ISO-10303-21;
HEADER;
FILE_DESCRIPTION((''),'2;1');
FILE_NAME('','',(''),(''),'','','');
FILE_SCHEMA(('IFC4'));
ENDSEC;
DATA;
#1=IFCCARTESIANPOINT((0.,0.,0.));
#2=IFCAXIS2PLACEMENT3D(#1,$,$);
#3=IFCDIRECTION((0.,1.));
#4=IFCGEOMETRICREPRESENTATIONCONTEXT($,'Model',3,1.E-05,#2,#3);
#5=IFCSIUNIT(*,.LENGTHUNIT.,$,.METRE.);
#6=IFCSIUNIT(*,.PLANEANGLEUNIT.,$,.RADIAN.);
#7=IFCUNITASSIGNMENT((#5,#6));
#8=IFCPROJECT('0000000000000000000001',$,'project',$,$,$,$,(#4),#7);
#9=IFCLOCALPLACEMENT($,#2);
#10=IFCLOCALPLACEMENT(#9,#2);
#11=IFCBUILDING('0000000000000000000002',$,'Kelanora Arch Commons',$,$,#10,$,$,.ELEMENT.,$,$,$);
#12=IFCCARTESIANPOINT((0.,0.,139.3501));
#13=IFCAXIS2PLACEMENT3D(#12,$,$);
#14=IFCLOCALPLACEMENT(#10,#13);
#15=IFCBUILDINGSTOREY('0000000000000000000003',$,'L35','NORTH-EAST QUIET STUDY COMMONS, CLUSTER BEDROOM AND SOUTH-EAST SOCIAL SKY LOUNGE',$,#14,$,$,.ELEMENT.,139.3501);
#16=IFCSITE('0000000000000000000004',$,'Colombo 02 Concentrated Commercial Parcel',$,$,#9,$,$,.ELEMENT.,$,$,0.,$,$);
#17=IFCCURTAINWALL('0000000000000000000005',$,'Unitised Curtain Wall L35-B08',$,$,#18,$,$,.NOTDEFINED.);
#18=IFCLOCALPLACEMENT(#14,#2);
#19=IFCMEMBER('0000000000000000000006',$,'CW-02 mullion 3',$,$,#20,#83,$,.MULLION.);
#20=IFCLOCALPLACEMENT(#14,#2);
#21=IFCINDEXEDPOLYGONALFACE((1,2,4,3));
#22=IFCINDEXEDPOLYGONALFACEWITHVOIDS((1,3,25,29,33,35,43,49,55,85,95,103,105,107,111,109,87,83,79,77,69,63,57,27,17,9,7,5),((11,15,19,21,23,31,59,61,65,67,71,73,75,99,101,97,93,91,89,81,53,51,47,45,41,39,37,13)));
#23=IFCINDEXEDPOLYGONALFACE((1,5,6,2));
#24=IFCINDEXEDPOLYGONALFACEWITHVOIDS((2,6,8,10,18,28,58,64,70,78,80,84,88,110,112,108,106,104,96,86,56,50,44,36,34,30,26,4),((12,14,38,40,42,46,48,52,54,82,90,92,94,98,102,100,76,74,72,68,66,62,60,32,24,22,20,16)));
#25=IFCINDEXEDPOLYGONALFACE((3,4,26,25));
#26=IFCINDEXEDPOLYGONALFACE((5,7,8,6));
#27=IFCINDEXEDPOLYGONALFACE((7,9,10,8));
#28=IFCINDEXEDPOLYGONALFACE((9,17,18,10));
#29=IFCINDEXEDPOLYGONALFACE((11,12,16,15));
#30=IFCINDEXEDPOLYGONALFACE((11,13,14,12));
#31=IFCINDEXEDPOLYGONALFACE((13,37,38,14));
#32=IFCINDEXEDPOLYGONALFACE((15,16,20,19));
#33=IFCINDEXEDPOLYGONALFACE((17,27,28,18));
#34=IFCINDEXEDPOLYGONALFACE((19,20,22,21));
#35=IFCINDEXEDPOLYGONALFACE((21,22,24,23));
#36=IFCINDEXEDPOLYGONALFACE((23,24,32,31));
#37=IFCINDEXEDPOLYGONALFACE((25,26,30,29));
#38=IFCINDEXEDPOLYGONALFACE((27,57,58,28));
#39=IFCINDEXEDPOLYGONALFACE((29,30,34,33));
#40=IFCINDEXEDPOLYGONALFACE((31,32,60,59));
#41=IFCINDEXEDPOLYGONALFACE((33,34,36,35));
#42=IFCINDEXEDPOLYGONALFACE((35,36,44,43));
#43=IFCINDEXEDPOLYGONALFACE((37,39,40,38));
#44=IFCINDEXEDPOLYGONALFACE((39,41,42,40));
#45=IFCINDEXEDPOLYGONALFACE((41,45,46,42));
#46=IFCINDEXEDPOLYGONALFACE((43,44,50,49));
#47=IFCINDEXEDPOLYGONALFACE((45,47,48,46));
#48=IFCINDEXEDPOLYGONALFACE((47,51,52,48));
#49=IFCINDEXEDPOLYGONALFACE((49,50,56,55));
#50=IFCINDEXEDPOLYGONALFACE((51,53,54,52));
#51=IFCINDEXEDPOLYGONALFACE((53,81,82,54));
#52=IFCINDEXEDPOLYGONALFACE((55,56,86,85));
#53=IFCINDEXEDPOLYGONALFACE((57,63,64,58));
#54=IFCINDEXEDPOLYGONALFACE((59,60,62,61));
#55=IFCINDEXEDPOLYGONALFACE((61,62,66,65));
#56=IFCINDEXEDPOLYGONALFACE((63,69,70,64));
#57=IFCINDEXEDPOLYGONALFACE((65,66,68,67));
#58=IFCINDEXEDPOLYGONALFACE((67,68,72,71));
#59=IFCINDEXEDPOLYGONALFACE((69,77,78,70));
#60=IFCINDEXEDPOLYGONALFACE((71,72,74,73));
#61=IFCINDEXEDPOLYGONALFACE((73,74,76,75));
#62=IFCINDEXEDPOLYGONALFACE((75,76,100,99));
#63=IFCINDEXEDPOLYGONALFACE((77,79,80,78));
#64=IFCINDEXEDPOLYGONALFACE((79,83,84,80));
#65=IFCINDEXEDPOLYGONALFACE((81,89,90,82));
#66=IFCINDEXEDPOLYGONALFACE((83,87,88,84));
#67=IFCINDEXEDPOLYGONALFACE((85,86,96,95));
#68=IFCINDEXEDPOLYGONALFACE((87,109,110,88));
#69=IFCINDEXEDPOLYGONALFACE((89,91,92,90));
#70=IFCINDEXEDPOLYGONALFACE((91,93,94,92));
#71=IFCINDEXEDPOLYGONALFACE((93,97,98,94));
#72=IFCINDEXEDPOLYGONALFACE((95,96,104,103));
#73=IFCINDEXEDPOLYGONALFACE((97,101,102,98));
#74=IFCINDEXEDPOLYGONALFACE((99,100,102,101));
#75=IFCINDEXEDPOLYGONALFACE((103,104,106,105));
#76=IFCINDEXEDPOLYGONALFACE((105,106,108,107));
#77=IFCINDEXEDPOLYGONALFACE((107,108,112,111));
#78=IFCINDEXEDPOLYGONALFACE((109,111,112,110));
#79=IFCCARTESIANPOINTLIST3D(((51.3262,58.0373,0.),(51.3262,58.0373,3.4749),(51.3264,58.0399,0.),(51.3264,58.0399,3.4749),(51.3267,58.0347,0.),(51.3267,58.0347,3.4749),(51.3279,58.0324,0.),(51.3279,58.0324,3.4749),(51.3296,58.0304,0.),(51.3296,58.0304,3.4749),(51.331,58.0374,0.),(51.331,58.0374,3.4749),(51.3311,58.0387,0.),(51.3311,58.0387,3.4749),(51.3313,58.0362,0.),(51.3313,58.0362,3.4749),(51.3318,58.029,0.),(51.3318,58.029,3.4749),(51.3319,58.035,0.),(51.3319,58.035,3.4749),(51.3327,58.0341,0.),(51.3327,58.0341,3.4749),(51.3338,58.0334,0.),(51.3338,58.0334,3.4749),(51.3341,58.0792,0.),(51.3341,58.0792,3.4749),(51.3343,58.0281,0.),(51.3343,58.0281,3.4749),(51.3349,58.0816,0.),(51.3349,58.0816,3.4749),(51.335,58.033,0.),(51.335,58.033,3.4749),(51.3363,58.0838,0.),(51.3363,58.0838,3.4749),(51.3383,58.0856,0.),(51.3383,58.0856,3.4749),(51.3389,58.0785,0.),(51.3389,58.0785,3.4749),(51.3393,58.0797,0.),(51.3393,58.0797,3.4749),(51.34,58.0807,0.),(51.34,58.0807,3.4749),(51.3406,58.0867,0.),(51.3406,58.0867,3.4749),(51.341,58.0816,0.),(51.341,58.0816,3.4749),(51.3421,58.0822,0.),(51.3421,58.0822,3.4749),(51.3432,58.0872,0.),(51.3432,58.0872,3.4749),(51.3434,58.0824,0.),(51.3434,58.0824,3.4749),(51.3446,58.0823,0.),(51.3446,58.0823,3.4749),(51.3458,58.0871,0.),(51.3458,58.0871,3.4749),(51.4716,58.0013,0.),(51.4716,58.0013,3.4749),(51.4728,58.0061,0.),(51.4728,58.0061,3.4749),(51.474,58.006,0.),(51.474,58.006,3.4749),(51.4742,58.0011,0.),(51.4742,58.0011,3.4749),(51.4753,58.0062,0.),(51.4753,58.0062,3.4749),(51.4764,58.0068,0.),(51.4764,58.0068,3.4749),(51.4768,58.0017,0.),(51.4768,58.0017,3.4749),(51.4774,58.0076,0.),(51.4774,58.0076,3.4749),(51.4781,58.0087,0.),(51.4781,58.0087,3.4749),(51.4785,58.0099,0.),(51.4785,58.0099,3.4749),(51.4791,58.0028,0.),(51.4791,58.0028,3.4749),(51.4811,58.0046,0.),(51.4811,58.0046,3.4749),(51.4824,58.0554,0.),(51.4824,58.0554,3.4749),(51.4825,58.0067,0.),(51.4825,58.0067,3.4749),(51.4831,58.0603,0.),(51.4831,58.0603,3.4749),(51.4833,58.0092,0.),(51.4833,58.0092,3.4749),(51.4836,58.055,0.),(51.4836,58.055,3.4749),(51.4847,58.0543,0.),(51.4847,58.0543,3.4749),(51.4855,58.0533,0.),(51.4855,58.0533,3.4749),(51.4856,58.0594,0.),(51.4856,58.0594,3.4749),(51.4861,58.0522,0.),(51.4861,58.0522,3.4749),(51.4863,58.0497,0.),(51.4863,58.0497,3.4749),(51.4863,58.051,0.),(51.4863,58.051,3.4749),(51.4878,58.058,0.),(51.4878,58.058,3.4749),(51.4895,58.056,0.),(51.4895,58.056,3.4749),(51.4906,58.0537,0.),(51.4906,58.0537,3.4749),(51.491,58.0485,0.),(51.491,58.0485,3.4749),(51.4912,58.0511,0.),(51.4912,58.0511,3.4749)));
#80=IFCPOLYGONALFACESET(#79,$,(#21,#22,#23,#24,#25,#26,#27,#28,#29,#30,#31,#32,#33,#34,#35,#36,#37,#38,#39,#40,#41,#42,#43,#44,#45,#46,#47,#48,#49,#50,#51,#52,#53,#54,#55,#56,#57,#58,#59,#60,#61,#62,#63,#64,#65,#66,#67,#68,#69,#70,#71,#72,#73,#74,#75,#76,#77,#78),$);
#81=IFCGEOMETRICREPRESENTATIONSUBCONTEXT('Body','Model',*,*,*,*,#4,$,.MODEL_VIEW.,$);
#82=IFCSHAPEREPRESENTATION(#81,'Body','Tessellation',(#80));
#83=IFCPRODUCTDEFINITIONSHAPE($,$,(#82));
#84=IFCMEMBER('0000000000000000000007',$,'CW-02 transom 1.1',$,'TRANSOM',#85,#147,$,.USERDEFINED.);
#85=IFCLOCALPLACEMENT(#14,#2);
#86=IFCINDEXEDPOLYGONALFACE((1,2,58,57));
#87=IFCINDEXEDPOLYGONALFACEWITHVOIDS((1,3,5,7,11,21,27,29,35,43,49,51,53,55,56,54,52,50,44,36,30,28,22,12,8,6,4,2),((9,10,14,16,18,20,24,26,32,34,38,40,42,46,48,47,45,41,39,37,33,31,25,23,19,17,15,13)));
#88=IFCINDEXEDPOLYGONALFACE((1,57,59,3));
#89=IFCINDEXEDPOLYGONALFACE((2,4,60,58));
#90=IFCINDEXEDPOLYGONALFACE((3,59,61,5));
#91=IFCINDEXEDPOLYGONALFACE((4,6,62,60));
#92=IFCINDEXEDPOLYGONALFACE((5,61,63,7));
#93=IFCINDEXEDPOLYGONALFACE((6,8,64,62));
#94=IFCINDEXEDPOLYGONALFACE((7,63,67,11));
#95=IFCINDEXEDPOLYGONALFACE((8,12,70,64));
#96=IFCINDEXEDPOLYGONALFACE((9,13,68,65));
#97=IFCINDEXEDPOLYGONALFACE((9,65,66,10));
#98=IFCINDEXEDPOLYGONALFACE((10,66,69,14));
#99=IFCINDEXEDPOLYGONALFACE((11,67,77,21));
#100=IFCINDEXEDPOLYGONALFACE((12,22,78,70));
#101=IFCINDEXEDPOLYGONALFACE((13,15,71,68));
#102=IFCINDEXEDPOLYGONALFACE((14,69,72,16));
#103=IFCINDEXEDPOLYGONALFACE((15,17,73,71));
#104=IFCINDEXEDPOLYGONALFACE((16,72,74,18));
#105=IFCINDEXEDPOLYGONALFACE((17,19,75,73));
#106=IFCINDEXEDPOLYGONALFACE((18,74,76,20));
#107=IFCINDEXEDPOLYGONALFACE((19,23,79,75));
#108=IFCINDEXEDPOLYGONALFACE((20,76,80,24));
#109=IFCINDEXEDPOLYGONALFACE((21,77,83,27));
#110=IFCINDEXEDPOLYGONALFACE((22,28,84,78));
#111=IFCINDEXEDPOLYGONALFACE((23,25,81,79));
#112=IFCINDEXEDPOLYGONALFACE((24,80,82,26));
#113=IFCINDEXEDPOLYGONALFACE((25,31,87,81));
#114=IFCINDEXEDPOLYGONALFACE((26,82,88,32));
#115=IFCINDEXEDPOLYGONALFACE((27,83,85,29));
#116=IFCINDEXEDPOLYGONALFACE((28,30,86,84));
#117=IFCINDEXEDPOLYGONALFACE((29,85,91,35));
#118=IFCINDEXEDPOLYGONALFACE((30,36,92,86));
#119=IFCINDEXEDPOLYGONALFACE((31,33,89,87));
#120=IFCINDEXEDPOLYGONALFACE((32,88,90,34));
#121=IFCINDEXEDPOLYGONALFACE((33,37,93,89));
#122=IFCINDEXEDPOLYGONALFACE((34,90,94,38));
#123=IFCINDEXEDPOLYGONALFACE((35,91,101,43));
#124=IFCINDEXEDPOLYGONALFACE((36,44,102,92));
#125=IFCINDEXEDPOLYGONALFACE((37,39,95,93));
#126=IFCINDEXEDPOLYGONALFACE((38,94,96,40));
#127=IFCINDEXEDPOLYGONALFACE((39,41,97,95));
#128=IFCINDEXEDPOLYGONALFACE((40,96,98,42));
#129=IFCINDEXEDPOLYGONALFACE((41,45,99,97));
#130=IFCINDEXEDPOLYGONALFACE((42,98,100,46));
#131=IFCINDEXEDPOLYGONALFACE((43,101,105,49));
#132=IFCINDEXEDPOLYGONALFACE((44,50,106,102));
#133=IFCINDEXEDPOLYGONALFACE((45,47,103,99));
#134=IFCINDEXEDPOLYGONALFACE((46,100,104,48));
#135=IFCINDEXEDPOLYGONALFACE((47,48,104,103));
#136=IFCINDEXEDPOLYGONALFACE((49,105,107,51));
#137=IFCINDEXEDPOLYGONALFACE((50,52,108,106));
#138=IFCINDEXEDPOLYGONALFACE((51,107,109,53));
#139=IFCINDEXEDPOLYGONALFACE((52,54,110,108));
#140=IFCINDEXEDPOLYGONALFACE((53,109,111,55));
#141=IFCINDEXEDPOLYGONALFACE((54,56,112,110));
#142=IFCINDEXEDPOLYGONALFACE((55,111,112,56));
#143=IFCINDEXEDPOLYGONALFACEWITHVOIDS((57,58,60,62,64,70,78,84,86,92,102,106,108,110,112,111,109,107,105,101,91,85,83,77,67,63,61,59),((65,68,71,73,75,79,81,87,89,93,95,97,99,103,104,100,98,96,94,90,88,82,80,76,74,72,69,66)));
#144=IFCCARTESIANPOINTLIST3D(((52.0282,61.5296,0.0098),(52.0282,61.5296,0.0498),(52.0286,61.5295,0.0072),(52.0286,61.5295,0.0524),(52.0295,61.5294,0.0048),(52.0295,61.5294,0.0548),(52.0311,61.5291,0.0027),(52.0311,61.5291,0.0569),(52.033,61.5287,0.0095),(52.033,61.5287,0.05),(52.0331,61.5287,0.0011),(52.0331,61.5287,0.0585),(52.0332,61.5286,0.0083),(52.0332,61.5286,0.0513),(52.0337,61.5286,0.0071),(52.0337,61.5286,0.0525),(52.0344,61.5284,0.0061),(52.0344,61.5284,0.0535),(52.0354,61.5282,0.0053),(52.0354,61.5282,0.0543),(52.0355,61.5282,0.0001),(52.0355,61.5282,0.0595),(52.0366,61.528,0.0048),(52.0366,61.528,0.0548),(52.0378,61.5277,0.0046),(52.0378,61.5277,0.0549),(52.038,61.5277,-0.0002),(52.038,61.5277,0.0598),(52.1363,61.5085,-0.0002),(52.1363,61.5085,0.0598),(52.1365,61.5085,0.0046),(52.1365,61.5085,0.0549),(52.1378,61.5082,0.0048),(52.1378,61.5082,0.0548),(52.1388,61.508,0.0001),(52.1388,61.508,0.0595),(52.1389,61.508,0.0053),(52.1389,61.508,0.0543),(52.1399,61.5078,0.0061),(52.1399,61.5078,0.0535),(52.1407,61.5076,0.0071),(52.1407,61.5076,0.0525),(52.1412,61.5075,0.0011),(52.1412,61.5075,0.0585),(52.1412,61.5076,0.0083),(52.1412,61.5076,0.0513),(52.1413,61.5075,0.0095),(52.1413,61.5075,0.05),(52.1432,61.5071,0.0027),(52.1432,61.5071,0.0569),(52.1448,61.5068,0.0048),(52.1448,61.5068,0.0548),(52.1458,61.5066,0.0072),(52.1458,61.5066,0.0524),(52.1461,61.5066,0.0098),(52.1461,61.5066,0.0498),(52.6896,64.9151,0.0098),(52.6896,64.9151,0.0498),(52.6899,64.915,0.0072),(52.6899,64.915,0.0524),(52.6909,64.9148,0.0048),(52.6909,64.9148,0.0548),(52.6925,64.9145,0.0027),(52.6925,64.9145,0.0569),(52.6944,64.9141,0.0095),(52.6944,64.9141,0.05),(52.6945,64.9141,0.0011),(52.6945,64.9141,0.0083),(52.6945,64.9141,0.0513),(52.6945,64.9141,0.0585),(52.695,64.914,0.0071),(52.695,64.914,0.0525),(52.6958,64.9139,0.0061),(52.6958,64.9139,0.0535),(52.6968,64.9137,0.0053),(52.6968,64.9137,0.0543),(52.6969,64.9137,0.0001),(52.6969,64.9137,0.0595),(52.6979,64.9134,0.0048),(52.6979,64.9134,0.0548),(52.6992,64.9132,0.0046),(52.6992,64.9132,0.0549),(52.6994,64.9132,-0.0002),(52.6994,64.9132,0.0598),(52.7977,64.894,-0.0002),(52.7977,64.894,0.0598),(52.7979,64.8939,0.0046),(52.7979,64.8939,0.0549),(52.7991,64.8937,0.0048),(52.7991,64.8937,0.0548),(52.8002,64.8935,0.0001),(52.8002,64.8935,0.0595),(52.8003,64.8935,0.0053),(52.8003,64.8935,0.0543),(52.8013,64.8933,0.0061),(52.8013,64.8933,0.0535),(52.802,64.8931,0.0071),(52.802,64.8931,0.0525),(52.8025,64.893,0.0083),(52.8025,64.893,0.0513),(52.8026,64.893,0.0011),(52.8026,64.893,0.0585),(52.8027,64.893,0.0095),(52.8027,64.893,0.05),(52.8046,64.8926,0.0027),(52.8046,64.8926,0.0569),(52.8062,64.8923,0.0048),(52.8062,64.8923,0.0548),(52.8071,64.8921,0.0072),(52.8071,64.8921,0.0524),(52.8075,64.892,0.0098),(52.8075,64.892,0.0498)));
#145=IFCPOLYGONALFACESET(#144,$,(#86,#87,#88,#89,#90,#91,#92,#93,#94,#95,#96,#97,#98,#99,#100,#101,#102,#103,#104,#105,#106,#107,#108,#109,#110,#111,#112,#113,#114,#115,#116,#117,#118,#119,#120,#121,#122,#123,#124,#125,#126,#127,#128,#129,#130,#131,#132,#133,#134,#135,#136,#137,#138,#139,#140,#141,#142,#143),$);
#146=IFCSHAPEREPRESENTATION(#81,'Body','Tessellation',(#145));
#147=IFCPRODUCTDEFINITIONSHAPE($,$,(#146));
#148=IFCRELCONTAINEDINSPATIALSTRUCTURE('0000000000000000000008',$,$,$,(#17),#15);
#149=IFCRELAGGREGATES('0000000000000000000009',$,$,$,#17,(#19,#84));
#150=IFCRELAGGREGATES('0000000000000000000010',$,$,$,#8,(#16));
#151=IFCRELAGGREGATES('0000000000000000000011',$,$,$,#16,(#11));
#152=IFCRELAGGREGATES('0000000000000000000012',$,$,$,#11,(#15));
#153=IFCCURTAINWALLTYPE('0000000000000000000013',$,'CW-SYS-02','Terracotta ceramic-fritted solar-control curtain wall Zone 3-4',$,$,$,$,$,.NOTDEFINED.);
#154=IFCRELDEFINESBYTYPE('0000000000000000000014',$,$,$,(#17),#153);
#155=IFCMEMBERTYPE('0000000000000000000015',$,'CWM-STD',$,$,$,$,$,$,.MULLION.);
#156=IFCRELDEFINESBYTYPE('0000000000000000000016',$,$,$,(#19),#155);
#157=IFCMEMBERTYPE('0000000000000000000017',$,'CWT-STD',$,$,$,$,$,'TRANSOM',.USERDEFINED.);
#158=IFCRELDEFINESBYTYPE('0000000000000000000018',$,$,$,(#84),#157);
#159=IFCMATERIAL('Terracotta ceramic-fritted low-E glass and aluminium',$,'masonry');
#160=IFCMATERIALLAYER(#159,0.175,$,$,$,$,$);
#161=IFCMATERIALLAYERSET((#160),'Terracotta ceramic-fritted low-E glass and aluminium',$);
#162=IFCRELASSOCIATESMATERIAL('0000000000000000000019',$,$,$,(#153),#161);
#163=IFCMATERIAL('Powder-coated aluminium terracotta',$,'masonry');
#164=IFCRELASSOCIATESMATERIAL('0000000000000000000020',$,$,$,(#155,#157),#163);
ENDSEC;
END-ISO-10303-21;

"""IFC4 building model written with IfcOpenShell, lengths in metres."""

from ifc_helpers import new_model, si_unit, direction, frame, origin, origin_2d, place, context, subcontext, project, spatial, hollow_rectangle, extrude, material, layer, layer_set, material_profile, profile_set, type_object, element, aggregate, save


model = new_model("IFC4")

# Units and contexts
model_context = context("Model", 3, precision=1e-05, world=origin(), true_north=direction((0.0, 1.0)))
body_context = subcontext(model_context, "Body", "Model", "MODEL_VIEW")
ifc_project = project(units=[si_unit("LENGTHUNIT", "METRE"), si_unit("PLANEANGLEUNIT", "RADIAN")], contexts=[model_context])

# Site, building, storey
site_placement = place(None, origin())
site = spatial("IfcSite", under=ifc_project, at=site_placement, Name="Colombo 02 Concentrated Commercial Parcel", CompositionType="ELEMENT", RefElevation=0.0)
building_placement = place(site_placement, origin())
building = spatial("IfcBuilding", under=site, at=building_placement, Name="Kelanora Arch Commons", CompositionType="ELEMENT")
storey_placement = place(building_placement, frame((0.0, 0.0, 139.3501)))
storey = spatial("IfcBuildingStorey", under=building, at=storey_placement, Name="L35", Description="NORTH-EAST QUIET STUDY COMMONS, CLUSTER BEDROOM AND SOUTH-EAST SOCIAL SKY LOUNGE", CompositionType="ELEMENT", Elevation=139.3501)

# Curtain wall, members
ifc_material_1 = material(Name="Terracotta ceramic-fritted low-E glass and aluminium", Category="masonry")
ifc_layer_1 = layer(ifc_material_1, 0.175)
ifc_layer_set_1 = layer_set([ifc_layer_1], Name="Terracotta ceramic-fritted low-E glass and aluminium")
curtain_wall_type = type_object("IfcCurtainWallType", Name="CW-SYS-02", Description="Terracotta ceramic-fritted solar-control curtain wall Zone 3-4", PredefinedType="NOTDEFINED", material=ifc_layer_set_1)
curtain_wall_placement = place(storey_placement, origin())
curtain_wall = element("IfcCurtainWall", 1, at=curtain_wall_placement, inside=storey, type_object=curtain_wall_type, Name="Unitised Curtain Wall L35-B08", PredefinedType="NOTDEFINED")
ifc_material_2 = material(Name="Powder-coated aluminium terracotta", Category="masonry")
ifc_material_profile_1 = material_profile(ifc_material_2, hollow_rectangle(XDim=0.1599, YDim=0.0601, WallThickness=0.0049, InnerFilletRadius=0.0049, OuterFilletRadius=0.01, at=origin_2d()), Name="CWM160x60")
ifc_profile_set_1 = profile_set([ifc_material_profile_1], Name="Powder-coated aluminium terracotta")
member_type_1 = type_object("IfcMemberType", Name="CWM-STD", PredefinedType="MULLION", material=ifc_profile_set_1)
member_1_placement = place(storey_placement, frame((51.4087, 58.0442, 0.0), z_axis=(0.0, 0.0, 1.0), x_axis=(0.981453, -0.191705, 0.0)))
member_1 = element("IfcMember", 2, at=member_1_placement, type_object=member_type_1, Name="CW-02 mullion 3", PredefinedType="MULLION", context=body_context, shape_type="SweptSolid", body=[
    extrude(hollow_rectangle(XDim=0.1599, YDim=0.0601, WallThickness=0.0049, InnerFilletRadius=0.0049, OuterFilletRadius=0.01, at=origin_2d()), origin(), (0.0, 0.0, 1.0), 3.4749),
])
ifc_material_profile_2 = material_profile(ifc_material_2, hollow_rectangle(XDim=0.1201, YDim=0.0601, WallThickness=0.0049, InnerFilletRadius=0.0049, OuterFilletRadius=0.01, at=origin_2d()), Name="CWT120x60")
ifc_profile_set_2 = profile_set([ifc_material_profile_2], Name="Powder-coated aluminium terracotta")
member_type_2 = type_object("IfcMemberType", Name="CWT-STD", ElementType="TRANSOM", PredefinedType="USERDEFINED", material=ifc_profile_set_2)
member_2_placement = place(storey_placement, frame((52.7485, 64.9036, 0.0298), z_axis=(-0.191732, -0.981447, 0.0), x_axis=(0.981447, -0.191732, 0.0)))
member_2 = element("IfcMember", 3, at=member_2_placement, type_object=member_type_2, Name="CW-02 transom 1.1", ObjectType="TRANSOM", PredefinedType="USERDEFINED", context=body_context, shape_type="SweptSolid", body=[
    extrude(hollow_rectangle(XDim=0.1201, YDim=0.0601, WallThickness=0.0049, InnerFilletRadius=0.0049, OuterFilletRadius=0.01, at=origin_2d()), origin(), (0.0, 0.0, 1.0), 3.4495),
])
aggregate(curtain_wall, [member_1, member_2])

save(model, "model.ifc")
